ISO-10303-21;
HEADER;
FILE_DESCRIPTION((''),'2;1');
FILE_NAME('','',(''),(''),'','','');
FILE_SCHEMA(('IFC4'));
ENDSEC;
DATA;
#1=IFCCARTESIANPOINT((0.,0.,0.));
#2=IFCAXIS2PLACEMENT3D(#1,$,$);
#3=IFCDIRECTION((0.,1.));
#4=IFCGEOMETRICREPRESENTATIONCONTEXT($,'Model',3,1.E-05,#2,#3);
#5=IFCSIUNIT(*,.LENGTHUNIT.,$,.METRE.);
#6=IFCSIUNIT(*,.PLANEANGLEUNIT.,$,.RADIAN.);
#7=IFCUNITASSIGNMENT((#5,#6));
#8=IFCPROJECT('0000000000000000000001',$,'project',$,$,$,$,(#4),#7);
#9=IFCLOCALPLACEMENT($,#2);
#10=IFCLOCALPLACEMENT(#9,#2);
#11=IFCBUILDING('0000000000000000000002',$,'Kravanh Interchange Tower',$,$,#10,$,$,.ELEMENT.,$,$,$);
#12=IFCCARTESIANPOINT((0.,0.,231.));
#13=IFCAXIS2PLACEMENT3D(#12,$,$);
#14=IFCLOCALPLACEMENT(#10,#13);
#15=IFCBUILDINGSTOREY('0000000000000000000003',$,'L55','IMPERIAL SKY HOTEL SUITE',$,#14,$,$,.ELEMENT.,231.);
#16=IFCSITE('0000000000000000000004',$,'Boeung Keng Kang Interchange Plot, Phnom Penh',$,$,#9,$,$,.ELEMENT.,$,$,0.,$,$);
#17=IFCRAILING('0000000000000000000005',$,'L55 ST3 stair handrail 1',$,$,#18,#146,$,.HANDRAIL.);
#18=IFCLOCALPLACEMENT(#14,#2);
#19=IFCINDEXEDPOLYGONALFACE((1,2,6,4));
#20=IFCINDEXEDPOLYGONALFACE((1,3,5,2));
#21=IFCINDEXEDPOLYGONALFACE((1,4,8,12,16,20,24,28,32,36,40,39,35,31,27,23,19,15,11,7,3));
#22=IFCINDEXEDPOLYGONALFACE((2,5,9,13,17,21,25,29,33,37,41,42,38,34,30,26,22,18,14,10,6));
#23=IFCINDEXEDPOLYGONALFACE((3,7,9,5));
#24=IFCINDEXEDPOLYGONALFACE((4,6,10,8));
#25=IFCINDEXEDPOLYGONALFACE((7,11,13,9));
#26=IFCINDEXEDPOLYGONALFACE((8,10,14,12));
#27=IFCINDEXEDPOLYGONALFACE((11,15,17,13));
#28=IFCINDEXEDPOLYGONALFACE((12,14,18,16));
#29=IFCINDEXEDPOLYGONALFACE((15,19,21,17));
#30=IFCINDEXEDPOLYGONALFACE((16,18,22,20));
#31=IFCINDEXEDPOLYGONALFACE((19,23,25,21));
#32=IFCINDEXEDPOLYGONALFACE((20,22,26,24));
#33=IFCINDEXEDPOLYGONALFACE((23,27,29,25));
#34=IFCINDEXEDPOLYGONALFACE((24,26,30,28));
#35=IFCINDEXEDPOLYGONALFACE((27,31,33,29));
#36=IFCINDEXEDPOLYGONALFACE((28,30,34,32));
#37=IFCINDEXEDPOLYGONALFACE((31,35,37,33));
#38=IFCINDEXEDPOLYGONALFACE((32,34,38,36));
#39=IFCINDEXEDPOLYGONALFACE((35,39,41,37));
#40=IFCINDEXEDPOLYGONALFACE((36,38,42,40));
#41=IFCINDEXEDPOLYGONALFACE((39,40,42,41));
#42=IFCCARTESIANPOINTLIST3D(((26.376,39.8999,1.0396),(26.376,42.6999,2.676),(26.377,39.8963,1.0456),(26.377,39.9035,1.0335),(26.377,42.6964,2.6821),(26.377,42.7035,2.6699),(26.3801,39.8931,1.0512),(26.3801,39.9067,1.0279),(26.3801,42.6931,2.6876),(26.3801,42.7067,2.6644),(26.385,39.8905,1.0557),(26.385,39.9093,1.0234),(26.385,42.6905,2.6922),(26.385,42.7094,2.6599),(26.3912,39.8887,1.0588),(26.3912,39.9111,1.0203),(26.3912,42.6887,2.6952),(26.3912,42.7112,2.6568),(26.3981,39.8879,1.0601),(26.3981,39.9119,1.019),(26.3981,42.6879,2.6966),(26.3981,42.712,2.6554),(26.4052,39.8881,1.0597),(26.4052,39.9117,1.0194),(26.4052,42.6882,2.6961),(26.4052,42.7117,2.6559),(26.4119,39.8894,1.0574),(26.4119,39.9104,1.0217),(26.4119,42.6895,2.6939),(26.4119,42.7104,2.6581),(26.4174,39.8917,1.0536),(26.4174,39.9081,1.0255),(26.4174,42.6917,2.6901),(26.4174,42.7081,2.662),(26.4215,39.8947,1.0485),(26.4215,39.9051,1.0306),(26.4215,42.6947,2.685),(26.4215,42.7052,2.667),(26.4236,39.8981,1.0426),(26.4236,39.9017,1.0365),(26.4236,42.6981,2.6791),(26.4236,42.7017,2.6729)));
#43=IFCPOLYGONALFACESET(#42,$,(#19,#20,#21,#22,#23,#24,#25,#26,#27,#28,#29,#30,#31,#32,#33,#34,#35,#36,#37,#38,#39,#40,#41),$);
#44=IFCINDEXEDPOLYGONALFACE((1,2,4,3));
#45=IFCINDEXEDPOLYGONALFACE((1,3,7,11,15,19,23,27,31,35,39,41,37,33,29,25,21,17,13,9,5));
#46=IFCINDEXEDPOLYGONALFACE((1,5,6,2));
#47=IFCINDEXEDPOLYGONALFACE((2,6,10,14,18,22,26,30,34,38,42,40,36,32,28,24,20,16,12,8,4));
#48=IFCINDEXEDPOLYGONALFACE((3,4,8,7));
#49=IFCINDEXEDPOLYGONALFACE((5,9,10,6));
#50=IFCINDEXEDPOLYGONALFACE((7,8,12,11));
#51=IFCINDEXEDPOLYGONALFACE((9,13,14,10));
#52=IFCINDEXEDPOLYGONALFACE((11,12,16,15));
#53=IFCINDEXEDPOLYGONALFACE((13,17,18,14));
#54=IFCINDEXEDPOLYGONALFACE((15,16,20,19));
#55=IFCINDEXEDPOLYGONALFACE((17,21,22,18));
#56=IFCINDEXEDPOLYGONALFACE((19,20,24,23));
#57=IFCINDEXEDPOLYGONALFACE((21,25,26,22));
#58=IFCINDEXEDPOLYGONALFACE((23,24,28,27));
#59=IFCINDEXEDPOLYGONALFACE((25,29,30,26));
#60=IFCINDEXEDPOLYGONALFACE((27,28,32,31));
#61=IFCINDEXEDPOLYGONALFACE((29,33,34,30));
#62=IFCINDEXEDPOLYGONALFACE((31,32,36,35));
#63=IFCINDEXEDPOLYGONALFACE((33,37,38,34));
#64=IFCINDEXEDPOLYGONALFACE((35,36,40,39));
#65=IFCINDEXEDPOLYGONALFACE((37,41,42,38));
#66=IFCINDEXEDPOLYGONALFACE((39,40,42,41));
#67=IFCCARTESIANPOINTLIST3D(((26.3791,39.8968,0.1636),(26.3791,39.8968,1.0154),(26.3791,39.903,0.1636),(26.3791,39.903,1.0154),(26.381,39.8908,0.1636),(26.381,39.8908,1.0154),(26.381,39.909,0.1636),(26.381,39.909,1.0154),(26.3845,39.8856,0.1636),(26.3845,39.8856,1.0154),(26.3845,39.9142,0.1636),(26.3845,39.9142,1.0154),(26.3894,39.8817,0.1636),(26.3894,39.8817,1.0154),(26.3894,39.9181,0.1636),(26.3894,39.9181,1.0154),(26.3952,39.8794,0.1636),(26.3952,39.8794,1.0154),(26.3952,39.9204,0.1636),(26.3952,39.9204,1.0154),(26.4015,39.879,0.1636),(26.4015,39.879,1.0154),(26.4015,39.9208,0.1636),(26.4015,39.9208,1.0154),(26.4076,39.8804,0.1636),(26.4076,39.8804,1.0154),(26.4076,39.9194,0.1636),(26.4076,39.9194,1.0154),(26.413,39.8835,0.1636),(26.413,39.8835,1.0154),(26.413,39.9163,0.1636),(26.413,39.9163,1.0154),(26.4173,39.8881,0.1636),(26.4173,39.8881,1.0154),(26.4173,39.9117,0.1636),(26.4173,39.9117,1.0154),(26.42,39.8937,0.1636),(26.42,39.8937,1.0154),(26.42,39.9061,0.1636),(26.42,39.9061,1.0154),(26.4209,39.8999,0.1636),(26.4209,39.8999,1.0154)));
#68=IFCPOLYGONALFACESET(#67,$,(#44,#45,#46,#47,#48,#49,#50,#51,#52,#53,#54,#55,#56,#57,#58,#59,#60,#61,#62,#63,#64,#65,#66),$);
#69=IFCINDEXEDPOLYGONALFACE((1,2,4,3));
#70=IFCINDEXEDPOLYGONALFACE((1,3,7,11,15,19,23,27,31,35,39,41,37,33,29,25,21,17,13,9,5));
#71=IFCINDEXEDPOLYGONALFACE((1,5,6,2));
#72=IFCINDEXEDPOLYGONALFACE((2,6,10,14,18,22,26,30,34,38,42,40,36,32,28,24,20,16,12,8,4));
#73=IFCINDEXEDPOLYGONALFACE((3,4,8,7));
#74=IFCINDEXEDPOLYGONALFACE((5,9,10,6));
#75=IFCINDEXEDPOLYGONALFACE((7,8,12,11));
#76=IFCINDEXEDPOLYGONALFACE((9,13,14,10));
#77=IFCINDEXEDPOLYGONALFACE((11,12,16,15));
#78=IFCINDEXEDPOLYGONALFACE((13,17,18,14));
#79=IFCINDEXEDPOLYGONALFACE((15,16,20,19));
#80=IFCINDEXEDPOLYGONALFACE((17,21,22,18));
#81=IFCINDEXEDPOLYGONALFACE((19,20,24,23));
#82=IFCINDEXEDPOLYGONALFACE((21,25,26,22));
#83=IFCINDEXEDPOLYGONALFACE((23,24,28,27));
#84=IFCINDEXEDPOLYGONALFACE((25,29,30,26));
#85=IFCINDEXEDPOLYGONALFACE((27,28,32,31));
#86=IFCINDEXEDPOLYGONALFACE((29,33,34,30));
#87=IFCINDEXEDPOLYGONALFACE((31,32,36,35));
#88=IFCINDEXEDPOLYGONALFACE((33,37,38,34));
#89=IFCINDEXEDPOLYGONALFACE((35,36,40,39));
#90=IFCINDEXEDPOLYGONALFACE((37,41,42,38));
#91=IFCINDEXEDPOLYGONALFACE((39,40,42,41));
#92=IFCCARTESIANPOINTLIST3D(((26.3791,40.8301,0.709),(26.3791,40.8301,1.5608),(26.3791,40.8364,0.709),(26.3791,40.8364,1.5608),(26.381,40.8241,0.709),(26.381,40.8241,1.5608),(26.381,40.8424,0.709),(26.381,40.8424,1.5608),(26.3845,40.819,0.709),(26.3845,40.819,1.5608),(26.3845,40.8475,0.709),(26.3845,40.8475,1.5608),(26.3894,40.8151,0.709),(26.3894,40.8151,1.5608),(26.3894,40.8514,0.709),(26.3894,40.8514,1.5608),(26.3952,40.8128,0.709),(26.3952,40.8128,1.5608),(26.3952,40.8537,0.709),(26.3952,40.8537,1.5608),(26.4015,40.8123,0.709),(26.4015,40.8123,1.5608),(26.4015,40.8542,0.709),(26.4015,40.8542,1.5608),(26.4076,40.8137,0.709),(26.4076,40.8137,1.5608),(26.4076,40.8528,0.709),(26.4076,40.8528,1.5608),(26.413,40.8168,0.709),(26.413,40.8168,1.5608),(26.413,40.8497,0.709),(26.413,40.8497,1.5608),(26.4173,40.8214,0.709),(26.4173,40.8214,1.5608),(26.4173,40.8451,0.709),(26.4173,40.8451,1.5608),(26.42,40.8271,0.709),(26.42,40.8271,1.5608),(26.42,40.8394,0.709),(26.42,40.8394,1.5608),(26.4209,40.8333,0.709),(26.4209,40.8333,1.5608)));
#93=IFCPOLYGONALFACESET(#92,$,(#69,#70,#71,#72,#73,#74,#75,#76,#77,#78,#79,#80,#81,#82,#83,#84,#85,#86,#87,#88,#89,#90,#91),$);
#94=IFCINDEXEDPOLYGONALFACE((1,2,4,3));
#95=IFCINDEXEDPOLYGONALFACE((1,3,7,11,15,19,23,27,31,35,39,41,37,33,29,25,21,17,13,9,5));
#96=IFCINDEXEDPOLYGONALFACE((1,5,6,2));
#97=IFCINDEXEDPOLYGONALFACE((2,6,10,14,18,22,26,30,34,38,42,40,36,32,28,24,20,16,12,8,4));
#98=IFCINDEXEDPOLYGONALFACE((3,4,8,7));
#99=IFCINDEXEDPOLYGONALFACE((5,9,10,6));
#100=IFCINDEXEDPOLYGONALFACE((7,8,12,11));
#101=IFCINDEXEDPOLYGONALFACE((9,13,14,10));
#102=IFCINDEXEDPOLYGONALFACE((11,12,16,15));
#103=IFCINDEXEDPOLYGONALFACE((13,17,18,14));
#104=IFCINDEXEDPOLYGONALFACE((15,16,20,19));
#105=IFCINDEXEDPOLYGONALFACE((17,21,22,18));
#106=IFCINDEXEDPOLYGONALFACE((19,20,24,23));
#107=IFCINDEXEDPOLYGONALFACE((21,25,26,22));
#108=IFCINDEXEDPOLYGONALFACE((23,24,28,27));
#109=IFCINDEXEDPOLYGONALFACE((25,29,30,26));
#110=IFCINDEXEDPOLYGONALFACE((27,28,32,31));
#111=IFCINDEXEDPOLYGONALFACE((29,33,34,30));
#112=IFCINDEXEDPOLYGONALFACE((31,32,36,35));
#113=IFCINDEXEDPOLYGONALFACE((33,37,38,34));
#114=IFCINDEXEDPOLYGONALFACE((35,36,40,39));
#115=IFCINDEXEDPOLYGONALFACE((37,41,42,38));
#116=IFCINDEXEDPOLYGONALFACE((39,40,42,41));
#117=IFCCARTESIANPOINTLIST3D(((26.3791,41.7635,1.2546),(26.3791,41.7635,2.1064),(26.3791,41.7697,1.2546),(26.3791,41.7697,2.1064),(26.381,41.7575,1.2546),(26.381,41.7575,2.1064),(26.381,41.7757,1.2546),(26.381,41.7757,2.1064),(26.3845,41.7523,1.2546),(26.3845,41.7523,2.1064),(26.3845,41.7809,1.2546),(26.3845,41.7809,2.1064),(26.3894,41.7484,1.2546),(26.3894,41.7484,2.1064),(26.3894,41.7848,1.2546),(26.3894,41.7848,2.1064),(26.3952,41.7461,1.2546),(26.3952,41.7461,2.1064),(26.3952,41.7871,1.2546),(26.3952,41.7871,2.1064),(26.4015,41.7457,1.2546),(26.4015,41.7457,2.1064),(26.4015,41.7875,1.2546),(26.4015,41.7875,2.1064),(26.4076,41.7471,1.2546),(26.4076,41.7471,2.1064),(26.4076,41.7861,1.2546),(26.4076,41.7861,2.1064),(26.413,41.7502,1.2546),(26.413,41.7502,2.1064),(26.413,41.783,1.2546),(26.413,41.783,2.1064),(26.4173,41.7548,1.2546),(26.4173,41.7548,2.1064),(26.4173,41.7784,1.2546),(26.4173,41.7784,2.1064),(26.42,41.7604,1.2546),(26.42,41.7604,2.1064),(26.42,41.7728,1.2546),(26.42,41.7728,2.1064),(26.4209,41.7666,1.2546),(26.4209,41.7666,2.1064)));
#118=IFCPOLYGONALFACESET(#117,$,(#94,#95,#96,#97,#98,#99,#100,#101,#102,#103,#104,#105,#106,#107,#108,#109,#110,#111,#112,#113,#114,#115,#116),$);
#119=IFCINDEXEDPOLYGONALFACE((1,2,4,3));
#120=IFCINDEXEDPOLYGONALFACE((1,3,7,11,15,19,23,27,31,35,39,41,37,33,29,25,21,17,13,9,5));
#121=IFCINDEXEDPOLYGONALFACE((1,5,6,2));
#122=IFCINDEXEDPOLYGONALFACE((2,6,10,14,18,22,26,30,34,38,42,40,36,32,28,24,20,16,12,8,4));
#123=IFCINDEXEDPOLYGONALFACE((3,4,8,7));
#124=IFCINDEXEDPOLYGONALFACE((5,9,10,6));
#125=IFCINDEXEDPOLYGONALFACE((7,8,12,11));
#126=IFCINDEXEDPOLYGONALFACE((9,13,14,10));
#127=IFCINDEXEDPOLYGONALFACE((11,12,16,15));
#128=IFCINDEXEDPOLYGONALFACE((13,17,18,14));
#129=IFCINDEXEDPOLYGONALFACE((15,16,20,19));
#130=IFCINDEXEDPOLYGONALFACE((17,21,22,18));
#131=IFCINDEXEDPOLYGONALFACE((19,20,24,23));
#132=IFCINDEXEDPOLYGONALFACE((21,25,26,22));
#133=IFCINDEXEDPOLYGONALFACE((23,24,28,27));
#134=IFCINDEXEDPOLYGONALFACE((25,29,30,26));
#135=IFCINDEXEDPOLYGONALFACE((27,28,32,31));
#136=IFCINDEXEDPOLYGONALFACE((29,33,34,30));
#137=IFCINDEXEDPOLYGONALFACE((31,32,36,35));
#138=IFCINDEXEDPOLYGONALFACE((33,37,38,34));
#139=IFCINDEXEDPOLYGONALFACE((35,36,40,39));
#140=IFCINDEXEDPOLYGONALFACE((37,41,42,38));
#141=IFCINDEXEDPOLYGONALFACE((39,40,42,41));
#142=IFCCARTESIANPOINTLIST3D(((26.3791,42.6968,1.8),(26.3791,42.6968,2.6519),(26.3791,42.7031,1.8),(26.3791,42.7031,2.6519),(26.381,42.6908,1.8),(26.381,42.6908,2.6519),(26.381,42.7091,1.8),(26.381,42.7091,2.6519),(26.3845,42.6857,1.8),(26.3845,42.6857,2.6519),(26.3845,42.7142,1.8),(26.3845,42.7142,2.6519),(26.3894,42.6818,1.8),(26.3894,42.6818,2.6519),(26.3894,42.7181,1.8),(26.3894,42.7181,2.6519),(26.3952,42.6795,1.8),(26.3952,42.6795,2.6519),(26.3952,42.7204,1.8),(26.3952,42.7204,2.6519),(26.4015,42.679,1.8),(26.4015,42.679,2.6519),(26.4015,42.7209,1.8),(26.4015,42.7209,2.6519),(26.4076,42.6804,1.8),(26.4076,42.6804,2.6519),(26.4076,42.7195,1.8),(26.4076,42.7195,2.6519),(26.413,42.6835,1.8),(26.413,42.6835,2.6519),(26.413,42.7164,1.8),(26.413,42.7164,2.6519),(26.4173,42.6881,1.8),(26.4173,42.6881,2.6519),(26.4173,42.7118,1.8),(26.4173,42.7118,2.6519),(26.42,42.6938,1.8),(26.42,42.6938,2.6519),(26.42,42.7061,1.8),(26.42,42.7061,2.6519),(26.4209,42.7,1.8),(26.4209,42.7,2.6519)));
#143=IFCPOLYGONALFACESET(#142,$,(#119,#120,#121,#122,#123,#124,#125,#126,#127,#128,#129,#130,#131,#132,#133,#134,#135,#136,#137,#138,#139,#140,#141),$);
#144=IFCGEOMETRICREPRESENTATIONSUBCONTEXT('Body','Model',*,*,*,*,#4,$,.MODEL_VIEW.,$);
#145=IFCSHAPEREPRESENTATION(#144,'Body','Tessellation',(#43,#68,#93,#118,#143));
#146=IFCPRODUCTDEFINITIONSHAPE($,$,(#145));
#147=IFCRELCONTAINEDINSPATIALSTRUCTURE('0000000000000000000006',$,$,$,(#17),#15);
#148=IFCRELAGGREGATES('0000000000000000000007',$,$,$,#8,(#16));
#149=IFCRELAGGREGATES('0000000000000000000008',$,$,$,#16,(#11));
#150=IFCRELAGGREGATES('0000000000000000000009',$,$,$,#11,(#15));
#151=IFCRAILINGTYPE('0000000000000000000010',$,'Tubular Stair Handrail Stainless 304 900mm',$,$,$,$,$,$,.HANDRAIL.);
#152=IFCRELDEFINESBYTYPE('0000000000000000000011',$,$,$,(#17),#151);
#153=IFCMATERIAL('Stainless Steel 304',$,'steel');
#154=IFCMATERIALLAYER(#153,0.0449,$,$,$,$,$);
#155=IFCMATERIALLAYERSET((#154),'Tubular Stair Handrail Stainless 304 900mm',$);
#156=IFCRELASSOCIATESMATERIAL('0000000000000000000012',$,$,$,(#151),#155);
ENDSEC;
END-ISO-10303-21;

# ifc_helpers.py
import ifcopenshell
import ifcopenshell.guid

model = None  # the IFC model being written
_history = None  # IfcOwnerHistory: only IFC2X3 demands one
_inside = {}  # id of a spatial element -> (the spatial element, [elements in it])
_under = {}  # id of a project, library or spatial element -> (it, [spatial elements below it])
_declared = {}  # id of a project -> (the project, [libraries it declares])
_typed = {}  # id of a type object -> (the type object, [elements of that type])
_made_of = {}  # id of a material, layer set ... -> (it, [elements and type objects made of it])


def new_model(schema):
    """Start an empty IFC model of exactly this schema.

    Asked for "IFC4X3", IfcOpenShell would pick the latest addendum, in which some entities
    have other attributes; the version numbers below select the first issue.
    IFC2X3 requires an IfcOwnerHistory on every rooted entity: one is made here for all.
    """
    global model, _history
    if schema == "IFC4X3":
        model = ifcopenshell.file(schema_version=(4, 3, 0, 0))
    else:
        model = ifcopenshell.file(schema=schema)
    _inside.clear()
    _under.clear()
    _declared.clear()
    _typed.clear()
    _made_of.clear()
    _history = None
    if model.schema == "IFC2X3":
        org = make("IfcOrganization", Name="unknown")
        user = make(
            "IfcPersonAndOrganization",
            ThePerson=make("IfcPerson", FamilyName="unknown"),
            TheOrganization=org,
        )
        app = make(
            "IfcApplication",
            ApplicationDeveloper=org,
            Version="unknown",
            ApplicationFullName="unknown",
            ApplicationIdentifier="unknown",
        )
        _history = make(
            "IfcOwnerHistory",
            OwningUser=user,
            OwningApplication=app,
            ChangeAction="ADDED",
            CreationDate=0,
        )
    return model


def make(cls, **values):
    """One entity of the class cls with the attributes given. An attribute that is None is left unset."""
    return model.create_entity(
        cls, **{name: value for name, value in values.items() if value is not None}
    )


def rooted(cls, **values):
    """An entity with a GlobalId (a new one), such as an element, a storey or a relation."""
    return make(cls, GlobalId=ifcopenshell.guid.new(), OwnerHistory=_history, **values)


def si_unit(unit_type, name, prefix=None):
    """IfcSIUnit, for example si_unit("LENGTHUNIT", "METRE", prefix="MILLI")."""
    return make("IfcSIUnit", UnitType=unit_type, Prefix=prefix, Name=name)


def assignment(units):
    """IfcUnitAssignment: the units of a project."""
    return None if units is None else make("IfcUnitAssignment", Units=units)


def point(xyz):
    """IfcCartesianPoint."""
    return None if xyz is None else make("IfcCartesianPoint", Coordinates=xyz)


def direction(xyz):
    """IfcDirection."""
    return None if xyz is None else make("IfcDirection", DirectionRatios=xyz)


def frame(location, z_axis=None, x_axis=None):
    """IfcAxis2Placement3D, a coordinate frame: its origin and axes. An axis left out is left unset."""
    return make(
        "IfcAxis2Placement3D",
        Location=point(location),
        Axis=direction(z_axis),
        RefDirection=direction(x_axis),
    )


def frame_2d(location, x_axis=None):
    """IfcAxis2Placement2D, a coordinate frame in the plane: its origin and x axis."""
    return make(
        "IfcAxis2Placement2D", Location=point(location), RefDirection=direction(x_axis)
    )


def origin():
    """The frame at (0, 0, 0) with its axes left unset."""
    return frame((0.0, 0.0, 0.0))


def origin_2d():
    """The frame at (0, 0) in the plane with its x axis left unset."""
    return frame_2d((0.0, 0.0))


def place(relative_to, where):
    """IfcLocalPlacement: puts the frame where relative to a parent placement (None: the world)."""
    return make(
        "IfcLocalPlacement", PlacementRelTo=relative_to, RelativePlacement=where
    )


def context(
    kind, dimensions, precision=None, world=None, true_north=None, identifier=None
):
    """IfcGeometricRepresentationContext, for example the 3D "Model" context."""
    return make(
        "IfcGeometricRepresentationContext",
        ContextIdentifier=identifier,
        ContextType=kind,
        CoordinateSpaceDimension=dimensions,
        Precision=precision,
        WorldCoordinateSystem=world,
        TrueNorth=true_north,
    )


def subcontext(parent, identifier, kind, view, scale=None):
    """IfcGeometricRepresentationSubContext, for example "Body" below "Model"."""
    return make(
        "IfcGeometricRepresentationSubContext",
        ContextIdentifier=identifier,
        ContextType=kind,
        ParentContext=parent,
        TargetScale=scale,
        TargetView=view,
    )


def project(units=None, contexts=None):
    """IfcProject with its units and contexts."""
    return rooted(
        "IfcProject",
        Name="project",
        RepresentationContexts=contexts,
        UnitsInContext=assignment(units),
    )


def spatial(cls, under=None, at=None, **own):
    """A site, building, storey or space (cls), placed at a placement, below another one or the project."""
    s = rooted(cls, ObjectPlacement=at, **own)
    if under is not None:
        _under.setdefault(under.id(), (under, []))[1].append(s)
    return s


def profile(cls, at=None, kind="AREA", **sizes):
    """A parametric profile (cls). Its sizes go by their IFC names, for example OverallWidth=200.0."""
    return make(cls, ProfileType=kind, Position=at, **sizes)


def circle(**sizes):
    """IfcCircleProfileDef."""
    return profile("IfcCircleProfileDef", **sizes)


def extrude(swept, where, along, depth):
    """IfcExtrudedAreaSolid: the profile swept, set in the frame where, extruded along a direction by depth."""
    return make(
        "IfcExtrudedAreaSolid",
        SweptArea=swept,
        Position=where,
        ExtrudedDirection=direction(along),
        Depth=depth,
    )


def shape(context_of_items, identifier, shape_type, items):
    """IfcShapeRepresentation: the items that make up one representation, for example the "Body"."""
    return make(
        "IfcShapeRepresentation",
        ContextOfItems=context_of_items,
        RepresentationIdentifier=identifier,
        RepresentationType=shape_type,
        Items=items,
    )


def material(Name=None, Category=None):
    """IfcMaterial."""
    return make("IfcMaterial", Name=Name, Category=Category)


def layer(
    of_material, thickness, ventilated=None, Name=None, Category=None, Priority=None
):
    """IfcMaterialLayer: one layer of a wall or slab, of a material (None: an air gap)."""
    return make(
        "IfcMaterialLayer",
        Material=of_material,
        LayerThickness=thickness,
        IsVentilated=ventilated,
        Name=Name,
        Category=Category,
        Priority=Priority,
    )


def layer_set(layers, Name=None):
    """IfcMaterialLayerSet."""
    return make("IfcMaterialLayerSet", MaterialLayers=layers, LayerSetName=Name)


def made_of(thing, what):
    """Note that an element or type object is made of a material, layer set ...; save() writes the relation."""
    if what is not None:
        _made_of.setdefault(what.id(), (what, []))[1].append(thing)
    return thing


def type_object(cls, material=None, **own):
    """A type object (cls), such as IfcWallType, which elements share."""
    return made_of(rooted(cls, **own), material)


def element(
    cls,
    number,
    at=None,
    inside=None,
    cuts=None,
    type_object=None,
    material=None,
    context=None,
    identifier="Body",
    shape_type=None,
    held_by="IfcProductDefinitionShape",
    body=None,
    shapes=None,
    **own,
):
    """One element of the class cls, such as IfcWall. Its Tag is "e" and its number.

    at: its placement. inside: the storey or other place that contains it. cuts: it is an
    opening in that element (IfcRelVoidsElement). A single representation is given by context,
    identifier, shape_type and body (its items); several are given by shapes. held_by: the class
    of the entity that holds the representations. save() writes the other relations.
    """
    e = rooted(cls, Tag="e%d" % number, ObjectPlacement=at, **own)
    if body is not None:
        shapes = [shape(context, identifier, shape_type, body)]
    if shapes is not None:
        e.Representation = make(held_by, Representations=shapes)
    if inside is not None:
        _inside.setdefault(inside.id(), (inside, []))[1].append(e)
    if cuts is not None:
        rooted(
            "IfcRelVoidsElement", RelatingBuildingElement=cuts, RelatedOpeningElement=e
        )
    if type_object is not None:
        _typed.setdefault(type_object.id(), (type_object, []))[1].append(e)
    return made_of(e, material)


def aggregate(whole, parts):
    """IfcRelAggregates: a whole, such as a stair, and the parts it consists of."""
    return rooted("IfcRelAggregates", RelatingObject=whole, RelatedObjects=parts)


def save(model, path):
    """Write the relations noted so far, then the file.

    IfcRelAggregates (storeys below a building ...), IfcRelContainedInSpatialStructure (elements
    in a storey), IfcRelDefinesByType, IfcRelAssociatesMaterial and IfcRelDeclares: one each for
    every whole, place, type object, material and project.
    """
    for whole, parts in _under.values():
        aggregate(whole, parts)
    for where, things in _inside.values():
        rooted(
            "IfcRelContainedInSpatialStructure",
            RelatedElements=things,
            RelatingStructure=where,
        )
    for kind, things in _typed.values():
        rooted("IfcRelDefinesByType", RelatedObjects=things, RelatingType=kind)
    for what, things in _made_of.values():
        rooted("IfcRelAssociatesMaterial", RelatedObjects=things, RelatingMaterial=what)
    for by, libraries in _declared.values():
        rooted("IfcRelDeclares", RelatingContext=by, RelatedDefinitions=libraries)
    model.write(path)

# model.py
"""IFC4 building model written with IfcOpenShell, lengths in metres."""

from ifc_helpers import new_model, si_unit, direction, frame, origin, origin_2d, place, context, subcontext, project, spatial, circle, extrude, material, layer, layer_set, type_object, element, save


model = new_model("IFC4")

# Units and contexts
model_context = context("Model", 3, precision=1e-05, world=origin(), true_north=direction((0.0, 1.0)))
body_context = subcontext(model_context, "Body", "Model", "MODEL_VIEW")
ifc_project = project(units=[si_unit("LENGTHUNIT", "METRE"), si_unit("PLANEANGLEUNIT", "RADIAN")], contexts=[model_context])

# Site, building, storey
site_placement = place(None, origin())
site = spatial("IfcSite", under=ifc_project, at=site_placement, Name="Boeung Keng Kang Interchange Plot, Phnom Penh", CompositionType="ELEMENT", RefElevation=0.0)
building_placement = place(site_placement, origin())
building = spatial("IfcBuilding", under=site, at=building_placement, Name="Kravanh Interchange Tower", CompositionType="ELEMENT")
storey_placement = place(building_placement, frame((0.0, 0.0, 231.0)))
storey = spatial("IfcBuildingStorey", under=building, at=storey_placement, Name="L55", Description="IMPERIAL SKY HOTEL SUITE", CompositionType="ELEMENT", Elevation=231.0)

# Railing
ifc_material_1 = material(Name="Stainless Steel 304", Category="steel")
ifc_layer_1 = layer(ifc_material_1, 0.0449)
ifc_layer_set_1 = layer_set([ifc_layer_1], Name="Tubular Stair Handrail Stainless 304 900mm")
railing_type_1 = type_object("IfcRailingType", Name="Tubular Stair Handrail Stainless 304 900mm", PredefinedType="HANDRAIL", material=ifc_layer_set_1)
railing_1_placement = place(storey_placement, frame((26.3999, 39.8999, 0.1636)))
element("IfcRailing", 1, at=railing_1_placement, inside=storey, type_object=railing_type_1, Name="L55 ST3 stair handrail 1", PredefinedType="HANDRAIL", context=body_context, shape_type="SweptSolid", body=[
    extrude(circle(Radius=0.0239, at=origin_2d()), frame((0.0, 0.0, 0.876), z_axis=(0.0, 0.863361, 0.504587), x_axis=(-1.0, 0.0, 0.0)), (0.0, 0.0, 1.0), 3.2432),
    extrude(circle(Radius=0.021, at=origin_2d()), origin(), (0.0, 0.0, 1.0), 0.8518),
    extrude(circle(Radius=0.021, at=origin_2d()), frame((0.0, 0.9333, 0.5454)), (0.0, 0.0, 1.0), 0.8518),
    extrude(circle(Radius=0.021, at=origin_2d()), frame((0.0, 1.8667, 1.0911)), (0.0, 0.0, 1.0), 0.8518),
    extrude(circle(Radius=0.021, at=origin_2d()), frame((0.0, 2.8, 1.6365)), (0.0, 0.0, 1.0), 0.8518),
])

save(model, "model.ifc")
